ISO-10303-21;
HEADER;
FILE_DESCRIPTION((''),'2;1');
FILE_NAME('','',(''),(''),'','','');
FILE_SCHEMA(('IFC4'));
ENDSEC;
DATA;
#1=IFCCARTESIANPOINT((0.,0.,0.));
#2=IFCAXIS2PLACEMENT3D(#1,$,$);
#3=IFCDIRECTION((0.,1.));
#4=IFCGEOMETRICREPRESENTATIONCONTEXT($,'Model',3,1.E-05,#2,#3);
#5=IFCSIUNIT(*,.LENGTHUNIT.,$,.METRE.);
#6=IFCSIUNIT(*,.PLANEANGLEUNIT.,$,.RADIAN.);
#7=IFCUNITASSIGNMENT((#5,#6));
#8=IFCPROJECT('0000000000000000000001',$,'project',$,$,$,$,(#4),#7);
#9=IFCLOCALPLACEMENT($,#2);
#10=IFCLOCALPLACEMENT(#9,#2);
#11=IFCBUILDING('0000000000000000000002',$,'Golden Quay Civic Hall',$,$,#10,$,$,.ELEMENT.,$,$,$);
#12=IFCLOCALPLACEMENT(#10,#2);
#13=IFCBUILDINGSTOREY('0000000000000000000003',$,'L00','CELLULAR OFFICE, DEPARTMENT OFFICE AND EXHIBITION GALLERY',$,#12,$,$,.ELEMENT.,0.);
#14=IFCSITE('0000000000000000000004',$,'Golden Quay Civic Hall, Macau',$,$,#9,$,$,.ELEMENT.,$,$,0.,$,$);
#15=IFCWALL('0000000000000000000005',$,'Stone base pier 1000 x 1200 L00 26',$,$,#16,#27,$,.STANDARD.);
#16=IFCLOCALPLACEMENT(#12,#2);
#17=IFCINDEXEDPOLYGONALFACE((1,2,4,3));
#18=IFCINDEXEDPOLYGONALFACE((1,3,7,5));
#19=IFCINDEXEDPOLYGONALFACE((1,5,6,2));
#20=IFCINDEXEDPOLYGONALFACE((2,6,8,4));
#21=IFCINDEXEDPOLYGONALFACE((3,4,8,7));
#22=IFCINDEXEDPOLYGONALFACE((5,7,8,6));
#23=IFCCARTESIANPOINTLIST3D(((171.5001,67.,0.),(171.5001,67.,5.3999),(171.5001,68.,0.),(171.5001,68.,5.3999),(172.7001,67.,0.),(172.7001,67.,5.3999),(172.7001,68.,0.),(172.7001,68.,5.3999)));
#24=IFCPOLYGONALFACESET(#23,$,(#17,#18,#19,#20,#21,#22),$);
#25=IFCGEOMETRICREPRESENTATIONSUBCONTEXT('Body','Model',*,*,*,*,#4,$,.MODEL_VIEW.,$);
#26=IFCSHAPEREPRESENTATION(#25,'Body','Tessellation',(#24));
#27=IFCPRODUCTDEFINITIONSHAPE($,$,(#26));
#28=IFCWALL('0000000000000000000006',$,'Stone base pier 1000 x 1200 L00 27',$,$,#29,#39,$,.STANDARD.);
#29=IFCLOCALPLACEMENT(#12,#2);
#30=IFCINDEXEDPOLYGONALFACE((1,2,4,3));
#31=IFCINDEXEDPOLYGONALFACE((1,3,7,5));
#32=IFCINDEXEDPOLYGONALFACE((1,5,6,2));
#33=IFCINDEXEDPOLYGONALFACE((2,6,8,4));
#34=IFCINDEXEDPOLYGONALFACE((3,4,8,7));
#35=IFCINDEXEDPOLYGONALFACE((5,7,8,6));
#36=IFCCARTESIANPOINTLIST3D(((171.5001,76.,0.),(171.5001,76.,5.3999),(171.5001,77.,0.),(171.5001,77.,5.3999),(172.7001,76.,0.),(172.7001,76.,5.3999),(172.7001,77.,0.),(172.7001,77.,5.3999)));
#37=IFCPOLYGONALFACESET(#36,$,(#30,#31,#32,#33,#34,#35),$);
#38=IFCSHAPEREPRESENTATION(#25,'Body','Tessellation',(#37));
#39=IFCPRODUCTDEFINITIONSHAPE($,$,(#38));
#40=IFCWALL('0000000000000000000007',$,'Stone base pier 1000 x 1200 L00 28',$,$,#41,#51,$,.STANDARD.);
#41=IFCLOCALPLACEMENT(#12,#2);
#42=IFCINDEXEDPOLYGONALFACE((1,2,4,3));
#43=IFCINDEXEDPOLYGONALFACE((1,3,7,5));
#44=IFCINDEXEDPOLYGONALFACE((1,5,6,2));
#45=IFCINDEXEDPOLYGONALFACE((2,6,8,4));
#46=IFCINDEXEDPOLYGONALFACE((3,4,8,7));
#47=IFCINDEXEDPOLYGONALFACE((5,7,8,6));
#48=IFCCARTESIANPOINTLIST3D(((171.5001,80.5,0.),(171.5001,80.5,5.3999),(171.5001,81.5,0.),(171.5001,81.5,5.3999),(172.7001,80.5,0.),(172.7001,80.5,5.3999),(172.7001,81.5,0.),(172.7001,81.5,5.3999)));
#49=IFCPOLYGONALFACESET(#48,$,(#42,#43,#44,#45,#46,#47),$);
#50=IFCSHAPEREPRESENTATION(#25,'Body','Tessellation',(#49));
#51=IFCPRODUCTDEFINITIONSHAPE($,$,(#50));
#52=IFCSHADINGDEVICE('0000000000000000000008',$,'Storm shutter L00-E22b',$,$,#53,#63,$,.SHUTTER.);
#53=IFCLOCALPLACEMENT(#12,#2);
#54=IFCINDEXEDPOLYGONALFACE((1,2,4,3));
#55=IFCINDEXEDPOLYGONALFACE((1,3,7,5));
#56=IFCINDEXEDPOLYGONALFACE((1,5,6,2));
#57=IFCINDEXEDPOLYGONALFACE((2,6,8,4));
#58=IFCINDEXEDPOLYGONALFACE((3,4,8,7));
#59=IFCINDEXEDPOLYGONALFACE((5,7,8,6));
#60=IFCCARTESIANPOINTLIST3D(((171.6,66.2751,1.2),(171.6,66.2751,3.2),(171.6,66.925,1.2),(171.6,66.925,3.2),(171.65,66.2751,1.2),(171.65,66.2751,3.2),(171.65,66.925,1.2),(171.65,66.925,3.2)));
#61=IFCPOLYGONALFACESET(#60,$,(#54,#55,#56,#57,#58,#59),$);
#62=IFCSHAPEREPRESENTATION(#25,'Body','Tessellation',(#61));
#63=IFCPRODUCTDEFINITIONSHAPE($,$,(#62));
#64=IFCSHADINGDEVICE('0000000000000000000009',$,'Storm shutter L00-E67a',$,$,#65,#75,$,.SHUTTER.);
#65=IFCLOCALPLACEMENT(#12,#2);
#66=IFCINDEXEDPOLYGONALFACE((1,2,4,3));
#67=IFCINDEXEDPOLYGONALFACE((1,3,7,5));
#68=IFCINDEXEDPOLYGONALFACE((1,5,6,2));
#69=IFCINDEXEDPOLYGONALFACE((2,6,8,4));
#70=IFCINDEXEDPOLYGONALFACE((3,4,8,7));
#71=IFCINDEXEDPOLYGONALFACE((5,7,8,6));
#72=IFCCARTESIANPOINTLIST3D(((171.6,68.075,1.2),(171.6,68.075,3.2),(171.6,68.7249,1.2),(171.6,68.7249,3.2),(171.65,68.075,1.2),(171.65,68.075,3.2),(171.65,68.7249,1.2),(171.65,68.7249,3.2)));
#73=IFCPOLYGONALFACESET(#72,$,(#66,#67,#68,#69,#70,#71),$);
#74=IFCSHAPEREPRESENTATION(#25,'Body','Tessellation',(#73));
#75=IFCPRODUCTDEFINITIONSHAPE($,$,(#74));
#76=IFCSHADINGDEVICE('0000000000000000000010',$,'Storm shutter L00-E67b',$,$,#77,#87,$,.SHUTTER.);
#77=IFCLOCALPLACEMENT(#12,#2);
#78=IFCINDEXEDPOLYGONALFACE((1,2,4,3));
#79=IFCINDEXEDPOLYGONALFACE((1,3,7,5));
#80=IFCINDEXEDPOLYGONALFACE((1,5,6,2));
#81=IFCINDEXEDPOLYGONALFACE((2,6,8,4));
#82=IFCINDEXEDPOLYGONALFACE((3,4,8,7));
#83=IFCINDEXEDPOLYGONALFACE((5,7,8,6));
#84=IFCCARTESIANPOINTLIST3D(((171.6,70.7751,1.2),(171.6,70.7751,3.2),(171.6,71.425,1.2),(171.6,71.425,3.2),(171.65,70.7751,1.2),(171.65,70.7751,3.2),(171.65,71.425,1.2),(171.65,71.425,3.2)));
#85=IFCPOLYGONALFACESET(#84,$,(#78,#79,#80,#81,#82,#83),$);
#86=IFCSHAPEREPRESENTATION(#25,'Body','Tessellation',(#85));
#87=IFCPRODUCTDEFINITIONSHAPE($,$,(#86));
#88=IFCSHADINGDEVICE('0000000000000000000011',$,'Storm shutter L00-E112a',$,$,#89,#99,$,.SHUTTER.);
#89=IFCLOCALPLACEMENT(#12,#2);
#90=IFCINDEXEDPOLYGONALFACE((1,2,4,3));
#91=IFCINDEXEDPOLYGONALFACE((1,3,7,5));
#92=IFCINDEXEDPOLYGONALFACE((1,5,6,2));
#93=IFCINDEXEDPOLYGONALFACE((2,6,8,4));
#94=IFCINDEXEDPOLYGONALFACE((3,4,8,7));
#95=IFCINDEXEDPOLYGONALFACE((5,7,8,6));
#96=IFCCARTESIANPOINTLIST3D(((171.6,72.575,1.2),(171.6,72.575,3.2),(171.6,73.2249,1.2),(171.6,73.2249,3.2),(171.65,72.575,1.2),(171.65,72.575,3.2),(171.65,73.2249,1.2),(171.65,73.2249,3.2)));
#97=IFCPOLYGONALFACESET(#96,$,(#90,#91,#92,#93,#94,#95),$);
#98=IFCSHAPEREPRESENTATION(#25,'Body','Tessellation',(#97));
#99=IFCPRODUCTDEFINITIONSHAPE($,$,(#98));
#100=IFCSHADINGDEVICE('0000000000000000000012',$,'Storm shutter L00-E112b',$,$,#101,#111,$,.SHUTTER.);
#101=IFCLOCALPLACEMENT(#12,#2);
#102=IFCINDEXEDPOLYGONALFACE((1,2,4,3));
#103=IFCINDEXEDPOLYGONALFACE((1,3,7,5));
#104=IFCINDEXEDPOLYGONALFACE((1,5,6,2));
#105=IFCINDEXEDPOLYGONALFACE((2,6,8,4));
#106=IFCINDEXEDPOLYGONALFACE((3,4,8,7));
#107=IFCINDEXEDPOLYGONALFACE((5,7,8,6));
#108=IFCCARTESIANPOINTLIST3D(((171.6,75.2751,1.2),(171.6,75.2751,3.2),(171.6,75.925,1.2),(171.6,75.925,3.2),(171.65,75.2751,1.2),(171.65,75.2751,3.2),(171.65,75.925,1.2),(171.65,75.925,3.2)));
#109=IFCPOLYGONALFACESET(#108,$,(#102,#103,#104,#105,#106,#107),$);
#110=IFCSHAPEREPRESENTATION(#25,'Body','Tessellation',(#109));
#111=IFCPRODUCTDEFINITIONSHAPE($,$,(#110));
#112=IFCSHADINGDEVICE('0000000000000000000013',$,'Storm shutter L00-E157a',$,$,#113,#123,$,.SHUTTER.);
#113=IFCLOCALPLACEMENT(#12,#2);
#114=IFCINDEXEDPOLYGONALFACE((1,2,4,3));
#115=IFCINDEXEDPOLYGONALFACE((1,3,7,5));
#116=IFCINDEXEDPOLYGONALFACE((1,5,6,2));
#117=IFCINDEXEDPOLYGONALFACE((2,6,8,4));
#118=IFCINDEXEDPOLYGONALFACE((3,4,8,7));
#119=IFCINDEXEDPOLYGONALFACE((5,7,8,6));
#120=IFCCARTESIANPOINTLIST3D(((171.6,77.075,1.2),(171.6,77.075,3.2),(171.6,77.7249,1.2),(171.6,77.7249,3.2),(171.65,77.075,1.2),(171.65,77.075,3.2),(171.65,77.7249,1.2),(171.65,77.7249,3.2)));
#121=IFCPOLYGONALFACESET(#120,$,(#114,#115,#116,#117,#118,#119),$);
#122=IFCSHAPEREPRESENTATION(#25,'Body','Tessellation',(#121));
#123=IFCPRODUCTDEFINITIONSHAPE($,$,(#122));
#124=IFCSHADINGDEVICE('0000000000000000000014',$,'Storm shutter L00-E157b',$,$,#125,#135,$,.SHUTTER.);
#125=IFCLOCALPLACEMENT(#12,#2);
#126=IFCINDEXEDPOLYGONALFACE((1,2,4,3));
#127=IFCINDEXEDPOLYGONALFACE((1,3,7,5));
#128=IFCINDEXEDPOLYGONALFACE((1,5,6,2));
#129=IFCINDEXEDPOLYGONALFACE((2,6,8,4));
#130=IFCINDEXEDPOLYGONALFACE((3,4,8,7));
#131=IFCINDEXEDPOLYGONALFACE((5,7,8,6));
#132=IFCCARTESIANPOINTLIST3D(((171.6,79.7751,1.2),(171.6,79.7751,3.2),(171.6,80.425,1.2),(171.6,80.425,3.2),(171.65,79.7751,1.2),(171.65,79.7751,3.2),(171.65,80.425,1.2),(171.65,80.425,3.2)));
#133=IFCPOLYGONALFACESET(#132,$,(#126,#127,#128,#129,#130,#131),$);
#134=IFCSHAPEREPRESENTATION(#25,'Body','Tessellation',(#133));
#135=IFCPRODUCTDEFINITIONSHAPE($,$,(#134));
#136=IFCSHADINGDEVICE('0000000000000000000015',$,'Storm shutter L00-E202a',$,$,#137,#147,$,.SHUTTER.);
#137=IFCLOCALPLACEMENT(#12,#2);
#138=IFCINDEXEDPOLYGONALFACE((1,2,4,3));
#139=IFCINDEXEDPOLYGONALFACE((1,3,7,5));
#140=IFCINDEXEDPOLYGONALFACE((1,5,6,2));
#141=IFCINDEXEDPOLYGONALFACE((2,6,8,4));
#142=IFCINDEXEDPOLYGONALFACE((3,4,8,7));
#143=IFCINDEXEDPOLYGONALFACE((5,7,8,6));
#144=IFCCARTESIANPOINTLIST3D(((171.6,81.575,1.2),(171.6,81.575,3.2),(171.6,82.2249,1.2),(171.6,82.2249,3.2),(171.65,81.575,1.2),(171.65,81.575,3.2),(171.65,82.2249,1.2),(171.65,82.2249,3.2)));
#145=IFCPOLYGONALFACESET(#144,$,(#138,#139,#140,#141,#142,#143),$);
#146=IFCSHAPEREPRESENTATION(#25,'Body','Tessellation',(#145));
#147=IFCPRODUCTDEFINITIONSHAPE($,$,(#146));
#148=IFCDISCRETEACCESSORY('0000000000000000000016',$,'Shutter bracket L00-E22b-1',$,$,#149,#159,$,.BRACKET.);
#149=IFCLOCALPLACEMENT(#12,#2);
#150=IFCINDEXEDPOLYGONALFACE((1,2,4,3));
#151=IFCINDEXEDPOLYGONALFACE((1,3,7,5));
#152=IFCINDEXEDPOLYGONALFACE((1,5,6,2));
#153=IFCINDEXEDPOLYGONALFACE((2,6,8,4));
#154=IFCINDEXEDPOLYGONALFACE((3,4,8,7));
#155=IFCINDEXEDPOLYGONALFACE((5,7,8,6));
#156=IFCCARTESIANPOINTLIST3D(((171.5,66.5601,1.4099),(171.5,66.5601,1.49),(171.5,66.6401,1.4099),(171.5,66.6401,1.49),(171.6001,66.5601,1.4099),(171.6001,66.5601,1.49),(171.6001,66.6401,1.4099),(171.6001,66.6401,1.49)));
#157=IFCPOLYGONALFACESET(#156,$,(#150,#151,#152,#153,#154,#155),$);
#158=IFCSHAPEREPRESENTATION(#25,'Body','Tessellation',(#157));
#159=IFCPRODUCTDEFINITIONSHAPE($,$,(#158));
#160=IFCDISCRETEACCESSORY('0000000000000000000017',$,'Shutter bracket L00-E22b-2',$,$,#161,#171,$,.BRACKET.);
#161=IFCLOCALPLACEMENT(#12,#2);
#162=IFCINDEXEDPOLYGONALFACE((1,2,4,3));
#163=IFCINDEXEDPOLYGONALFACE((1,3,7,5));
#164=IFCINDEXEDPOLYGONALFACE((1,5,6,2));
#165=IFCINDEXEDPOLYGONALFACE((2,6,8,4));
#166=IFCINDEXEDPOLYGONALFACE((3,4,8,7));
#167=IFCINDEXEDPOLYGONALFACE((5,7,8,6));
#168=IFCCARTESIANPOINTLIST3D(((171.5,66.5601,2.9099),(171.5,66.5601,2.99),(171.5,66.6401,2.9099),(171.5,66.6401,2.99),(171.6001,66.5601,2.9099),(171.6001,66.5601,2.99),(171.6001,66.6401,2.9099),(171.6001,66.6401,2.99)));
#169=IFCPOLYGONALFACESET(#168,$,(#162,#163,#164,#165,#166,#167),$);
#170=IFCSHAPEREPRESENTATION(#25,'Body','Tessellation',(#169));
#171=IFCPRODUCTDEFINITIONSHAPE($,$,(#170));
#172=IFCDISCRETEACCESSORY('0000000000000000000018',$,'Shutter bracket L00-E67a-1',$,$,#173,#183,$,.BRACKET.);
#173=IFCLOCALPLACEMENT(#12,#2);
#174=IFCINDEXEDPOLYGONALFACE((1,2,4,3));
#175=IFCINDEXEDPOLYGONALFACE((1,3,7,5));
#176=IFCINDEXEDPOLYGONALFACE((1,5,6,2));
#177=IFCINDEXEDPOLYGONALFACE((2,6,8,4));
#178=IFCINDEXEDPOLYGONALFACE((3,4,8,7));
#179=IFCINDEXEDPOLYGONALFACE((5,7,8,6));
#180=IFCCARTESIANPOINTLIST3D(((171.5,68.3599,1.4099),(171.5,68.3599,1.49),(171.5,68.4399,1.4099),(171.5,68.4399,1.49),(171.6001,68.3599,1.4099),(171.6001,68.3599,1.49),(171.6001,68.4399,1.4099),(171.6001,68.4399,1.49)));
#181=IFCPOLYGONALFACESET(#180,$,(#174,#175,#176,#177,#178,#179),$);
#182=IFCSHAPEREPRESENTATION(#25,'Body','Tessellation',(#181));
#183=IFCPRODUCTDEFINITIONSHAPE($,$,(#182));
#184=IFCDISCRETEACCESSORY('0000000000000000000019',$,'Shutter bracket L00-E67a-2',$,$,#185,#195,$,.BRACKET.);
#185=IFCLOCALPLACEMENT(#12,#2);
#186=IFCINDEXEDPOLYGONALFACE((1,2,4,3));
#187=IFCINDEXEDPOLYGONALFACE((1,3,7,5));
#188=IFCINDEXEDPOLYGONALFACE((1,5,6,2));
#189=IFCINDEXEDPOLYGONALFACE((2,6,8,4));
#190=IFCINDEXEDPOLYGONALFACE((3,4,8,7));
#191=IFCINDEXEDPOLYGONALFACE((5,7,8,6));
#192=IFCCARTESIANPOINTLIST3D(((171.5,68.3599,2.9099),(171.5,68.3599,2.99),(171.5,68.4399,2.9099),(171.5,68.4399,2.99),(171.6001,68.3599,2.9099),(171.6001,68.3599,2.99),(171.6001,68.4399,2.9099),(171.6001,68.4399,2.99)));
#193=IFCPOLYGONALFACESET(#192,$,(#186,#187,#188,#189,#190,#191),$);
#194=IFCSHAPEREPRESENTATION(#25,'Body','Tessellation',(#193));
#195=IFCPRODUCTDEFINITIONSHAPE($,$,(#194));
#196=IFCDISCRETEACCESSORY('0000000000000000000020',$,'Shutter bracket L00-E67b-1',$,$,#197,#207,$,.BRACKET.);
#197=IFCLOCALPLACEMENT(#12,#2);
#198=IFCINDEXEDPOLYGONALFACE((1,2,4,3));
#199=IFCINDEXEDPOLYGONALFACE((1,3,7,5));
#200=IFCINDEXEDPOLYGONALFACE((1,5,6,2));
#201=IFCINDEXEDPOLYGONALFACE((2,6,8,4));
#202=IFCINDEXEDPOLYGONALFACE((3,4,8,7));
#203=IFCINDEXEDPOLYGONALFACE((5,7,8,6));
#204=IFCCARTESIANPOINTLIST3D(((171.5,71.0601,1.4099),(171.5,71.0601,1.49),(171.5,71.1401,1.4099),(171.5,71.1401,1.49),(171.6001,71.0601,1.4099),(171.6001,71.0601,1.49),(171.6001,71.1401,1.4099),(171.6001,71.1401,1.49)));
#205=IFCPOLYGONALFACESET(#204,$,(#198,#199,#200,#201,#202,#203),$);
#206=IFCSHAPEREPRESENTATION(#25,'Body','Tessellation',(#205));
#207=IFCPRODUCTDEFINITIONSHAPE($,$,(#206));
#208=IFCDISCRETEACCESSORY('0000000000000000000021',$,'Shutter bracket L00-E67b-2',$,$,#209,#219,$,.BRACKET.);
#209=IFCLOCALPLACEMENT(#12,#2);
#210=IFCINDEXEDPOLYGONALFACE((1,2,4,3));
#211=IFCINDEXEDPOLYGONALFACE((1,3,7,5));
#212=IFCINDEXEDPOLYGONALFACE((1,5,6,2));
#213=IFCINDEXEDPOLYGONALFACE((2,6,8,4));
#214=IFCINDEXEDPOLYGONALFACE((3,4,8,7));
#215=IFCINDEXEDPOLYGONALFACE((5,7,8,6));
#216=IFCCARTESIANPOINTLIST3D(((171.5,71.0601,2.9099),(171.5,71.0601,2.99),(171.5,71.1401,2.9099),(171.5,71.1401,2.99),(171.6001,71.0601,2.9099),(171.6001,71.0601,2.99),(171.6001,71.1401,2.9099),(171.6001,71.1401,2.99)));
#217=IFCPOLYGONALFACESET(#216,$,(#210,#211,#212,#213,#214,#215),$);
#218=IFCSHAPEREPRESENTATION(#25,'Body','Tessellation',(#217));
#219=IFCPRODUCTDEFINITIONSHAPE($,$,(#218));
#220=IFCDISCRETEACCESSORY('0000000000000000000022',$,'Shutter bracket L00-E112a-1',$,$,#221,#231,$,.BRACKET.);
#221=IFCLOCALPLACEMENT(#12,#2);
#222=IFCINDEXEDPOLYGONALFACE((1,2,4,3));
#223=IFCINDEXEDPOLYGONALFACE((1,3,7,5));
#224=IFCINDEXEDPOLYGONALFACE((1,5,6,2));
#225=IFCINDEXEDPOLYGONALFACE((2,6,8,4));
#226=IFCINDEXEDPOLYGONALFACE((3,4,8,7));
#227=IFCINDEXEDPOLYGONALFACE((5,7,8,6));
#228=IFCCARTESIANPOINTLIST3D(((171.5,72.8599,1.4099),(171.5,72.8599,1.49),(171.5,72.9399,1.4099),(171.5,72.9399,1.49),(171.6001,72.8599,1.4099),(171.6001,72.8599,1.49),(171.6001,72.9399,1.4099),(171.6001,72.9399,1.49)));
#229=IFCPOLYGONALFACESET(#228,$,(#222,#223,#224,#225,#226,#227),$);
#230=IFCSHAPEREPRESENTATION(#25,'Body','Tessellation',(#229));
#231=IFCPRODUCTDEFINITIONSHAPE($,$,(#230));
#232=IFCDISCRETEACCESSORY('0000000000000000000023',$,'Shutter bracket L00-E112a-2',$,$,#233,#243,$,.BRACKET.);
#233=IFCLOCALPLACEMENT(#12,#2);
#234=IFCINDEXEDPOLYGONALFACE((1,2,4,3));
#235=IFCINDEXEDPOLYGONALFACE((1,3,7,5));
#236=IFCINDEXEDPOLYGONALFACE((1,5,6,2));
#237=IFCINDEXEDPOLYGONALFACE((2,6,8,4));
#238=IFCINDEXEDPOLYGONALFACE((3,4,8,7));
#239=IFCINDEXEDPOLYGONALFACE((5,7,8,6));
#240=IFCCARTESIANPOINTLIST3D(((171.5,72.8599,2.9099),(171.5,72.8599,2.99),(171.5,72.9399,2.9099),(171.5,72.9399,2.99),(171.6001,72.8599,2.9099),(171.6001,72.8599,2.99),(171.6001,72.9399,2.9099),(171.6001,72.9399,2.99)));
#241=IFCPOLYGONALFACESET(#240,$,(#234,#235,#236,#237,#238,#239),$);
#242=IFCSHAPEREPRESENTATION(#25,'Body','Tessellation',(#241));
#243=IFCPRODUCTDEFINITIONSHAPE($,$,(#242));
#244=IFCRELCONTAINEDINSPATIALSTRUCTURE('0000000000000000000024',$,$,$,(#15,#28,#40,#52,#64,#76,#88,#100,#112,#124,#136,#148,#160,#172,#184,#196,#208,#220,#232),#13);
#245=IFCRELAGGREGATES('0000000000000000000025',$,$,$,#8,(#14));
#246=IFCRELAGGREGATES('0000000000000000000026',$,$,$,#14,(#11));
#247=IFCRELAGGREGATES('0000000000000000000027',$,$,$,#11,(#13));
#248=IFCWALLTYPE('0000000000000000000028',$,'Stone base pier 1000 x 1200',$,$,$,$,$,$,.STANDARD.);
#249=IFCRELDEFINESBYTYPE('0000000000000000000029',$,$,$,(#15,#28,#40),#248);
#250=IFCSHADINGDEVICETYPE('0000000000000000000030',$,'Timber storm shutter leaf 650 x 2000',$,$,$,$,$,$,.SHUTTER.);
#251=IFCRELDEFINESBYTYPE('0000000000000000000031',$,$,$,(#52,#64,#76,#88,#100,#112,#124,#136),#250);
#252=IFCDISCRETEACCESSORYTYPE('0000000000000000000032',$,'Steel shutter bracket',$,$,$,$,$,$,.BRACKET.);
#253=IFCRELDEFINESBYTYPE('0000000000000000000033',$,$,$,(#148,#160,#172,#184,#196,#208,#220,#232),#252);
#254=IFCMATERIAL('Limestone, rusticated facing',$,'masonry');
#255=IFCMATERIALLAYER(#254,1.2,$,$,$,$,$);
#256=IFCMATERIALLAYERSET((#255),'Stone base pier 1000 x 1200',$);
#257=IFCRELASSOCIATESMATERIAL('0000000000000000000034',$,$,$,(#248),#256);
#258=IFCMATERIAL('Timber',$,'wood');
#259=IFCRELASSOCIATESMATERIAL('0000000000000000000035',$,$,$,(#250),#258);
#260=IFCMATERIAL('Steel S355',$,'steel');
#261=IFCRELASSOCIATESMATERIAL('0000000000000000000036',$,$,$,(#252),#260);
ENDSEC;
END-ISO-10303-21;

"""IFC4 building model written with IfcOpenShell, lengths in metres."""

from ifc_helpers import new_model, si_unit, direction, frame, frame_2d, origin, origin_2d, place, context, subcontext, project, spatial, rectangle, extrude, material, layer, layer_set, type_object, element, save


model = new_model("IFC4")

# Units and contexts
model_context = context("Model", 3, precision=1e-05, world=origin(), true_north=direction((0.0, 1.0)))
body_context = subcontext(model_context, "Body", "Model", "MODEL_VIEW")
ifc_project = project(units=[si_unit("LENGTHUNIT", "METRE"), si_unit("PLANEANGLEUNIT", "RADIAN")], contexts=[model_context])

# Site, building, storey
site_placement = place(None, origin())
site = spatial("IfcSite", under=ifc_project, at=site_placement, Name="Golden Quay Civic Hall, Macau", CompositionType="ELEMENT", RefElevation=0.0)
building_placement = place(site_placement, origin())
building = spatial("IfcBuilding", under=site, at=building_placement, Name="Golden Quay Civic Hall", CompositionType="ELEMENT")
storey_placement = place(building_placement, origin())
storey = spatial("IfcBuildingStorey", under=building, at=storey_placement, Name="L00", Description="CELLULAR OFFICE, DEPARTMENT OFFICE AND EXHIBITION GALLERY", CompositionType="ELEMENT", Elevation=0.0)

# Walls
ifc_material_1 = material(Name="Limestone, rusticated facing", Category="masonry")
ifc_layer = layer(ifc_material_1, 1.2)
ifc_layer_set = layer_set([ifc_layer], Name="Stone base pier 1000 x 1200")
wall_type = type_object("IfcWallType", Name="Stone base pier 1000 x 1200", PredefinedType="STANDARD", material=ifc_layer_set)
for number, where, z_axis, x_axis, name in (
    (1, (172.1001, 67.0, 0.0), (0.0, 0.0, 1.0), (0.0, 1.0, 0.0), "Stone base pier 1000 x 1200 L00 26"),
    (2, (172.1001, 76.0, 0.0), (0.0, 0.0, 1.0), (0.0, 1.0, 0.0), "Stone base pier 1000 x 1200 L00 27"),
    (3, (172.1001, 80.5, 0.0), (0.0, 0.0, 1.0), (0.0, 1.0, 0.0), "Stone base pier 1000 x 1200 L00 28"),
):
    element("IfcWall", number, at=place(storey_placement, frame(where, z_axis=z_axis, x_axis=x_axis)), inside=storey, type_object=wall_type, Name=name, PredefinedType="STANDARD", context=body_context, shape_type="SweptSolid", body=[
        extrude(rectangle(XDim=1.0, YDim=1.2, at=frame_2d((0.5, 0.0))), origin(), (0.0, 0.0, 1.0), 5.3999),
    ])

# Shading devices
ifc_material_2 = material(Name="Timber", Category="wood")
shading_device_type = type_object("IfcShadingDeviceType", Name="Timber storm shutter leaf 650 x 2000", PredefinedType="SHUTTER", material=ifc_material_2)
for number, where, z_axis, x_axis, name in (
    (4, (171.625, 66.6001, 1.2), (0.0, 0.0, 1.0), (1.0, 0.0, 0.0), "Storm shutter L00-E22b"),
    (5, (171.625, 68.3999, 1.2), (0.0, 0.0, 1.0), (1.0, 0.0, 0.0), "Storm shutter L00-E67a"),
    (6, (171.625, 71.1001, 1.2), (0.0, 0.0, 1.0), (1.0, 0.0, 0.0), "Storm shutter L00-E67b"),
    (7, (171.625, 72.8999, 1.2), (0.0, 0.0, 1.0), (1.0, 0.0, 0.0), "Storm shutter L00-E112a"),
    (8, (171.625, 75.6001, 1.2), (0.0, 0.0, 1.0), (1.0, 0.0, 0.0), "Storm shutter L00-E112b"),
    (9, (171.625, 77.3999, 1.2), (0.0, 0.0, 1.0), (1.0, 0.0, 0.0), "Storm shutter L00-E157a"),
    (10, (171.625, 80.1001, 1.2), (0.0, 0.0, 1.0), (1.0, 0.0, 0.0), "Storm shutter L00-E157b"),
    (11, (171.625, 81.8999, 1.2), (0.0, 0.0, 1.0), (1.0, 0.0, 0.0), "Storm shutter L00-E202a"),
):
    element("IfcShadingDevice", number, at=place(storey_placement, frame(where, z_axis=z_axis, x_axis=x_axis)), inside=storey, type_object=shading_device_type, Name=name, PredefinedType="SHUTTER", context=body_context, shape_type="SweptSolid", body=[
        extrude(rectangle(XDim=0.05, YDim=0.6499, at=origin_2d()), origin(), (0.0, 0.0, 1.0), 2.0),
    ])

# Discrete accessories
ifc_material_3 = material(Name="Steel S355", Category="steel")
discrete_accessory_type = type_object("IfcDiscreteAccessoryType", Name="Steel shutter bracket", PredefinedType="BRACKET", material=ifc_material_3)
for number, where, z_axis, x_axis, name in (
    (12, (171.55, 66.6001, 1.4099), (0.0, 0.0, 1.0), (1.0, 0.0, 0.0), "Shutter bracket L00-E22b-1"),
    (13, (171.55, 66.6001, 2.9099), (0.0, 0.0, 1.0), (1.0, 0.0, 0.0), "Shutter bracket L00-E22b-2"),
    (14, (171.55, 68.3999, 1.4099), (0.0, 0.0, 1.0), (1.0, 0.0, 0.0), "Shutter bracket L00-E67a-1"),
    (15, (171.55, 68.3999, 2.9099), (0.0, 0.0, 1.0), (1.0, 0.0, 0.0), "Shutter bracket L00-E67a-2"),
    (16, (171.55, 71.1001, 1.4099), (0.0, 0.0, 1.0), (1.0, 0.0, 0.0), "Shutter bracket L00-E67b-1"),
    (17, (171.55, 71.1001, 2.9099), (0.0, 0.0, 1.0), (1.0, 0.0, 0.0), "Shutter bracket L00-E67b-2"),
    (18, (171.55, 72.8999, 1.4099), (0.0, 0.0, 1.0), (1.0, 0.0, 0.0), "Shutter bracket L00-E112a-1"),
    (19, (171.55, 72.8999, 2.9099), (0.0, 0.0, 1.0), (1.0, 0.0, 0.0), "Shutter bracket L00-E112a-2"),
):
    element("IfcDiscreteAccessory", number, at=place(storey_placement, frame(where, z_axis=z_axis, x_axis=x_axis)), inside=storey, type_object=discrete_accessory_type, Name=name, PredefinedType="BRACKET", context=body_context, shape_type="SweptSolid", body=[
        extrude(rectangle(XDim=0.1001, YDim=0.0801, at=origin_2d()), origin(), (0.0, 0.0, 1.0), 0.0801),
    ])

save(model, "model.ifc")
